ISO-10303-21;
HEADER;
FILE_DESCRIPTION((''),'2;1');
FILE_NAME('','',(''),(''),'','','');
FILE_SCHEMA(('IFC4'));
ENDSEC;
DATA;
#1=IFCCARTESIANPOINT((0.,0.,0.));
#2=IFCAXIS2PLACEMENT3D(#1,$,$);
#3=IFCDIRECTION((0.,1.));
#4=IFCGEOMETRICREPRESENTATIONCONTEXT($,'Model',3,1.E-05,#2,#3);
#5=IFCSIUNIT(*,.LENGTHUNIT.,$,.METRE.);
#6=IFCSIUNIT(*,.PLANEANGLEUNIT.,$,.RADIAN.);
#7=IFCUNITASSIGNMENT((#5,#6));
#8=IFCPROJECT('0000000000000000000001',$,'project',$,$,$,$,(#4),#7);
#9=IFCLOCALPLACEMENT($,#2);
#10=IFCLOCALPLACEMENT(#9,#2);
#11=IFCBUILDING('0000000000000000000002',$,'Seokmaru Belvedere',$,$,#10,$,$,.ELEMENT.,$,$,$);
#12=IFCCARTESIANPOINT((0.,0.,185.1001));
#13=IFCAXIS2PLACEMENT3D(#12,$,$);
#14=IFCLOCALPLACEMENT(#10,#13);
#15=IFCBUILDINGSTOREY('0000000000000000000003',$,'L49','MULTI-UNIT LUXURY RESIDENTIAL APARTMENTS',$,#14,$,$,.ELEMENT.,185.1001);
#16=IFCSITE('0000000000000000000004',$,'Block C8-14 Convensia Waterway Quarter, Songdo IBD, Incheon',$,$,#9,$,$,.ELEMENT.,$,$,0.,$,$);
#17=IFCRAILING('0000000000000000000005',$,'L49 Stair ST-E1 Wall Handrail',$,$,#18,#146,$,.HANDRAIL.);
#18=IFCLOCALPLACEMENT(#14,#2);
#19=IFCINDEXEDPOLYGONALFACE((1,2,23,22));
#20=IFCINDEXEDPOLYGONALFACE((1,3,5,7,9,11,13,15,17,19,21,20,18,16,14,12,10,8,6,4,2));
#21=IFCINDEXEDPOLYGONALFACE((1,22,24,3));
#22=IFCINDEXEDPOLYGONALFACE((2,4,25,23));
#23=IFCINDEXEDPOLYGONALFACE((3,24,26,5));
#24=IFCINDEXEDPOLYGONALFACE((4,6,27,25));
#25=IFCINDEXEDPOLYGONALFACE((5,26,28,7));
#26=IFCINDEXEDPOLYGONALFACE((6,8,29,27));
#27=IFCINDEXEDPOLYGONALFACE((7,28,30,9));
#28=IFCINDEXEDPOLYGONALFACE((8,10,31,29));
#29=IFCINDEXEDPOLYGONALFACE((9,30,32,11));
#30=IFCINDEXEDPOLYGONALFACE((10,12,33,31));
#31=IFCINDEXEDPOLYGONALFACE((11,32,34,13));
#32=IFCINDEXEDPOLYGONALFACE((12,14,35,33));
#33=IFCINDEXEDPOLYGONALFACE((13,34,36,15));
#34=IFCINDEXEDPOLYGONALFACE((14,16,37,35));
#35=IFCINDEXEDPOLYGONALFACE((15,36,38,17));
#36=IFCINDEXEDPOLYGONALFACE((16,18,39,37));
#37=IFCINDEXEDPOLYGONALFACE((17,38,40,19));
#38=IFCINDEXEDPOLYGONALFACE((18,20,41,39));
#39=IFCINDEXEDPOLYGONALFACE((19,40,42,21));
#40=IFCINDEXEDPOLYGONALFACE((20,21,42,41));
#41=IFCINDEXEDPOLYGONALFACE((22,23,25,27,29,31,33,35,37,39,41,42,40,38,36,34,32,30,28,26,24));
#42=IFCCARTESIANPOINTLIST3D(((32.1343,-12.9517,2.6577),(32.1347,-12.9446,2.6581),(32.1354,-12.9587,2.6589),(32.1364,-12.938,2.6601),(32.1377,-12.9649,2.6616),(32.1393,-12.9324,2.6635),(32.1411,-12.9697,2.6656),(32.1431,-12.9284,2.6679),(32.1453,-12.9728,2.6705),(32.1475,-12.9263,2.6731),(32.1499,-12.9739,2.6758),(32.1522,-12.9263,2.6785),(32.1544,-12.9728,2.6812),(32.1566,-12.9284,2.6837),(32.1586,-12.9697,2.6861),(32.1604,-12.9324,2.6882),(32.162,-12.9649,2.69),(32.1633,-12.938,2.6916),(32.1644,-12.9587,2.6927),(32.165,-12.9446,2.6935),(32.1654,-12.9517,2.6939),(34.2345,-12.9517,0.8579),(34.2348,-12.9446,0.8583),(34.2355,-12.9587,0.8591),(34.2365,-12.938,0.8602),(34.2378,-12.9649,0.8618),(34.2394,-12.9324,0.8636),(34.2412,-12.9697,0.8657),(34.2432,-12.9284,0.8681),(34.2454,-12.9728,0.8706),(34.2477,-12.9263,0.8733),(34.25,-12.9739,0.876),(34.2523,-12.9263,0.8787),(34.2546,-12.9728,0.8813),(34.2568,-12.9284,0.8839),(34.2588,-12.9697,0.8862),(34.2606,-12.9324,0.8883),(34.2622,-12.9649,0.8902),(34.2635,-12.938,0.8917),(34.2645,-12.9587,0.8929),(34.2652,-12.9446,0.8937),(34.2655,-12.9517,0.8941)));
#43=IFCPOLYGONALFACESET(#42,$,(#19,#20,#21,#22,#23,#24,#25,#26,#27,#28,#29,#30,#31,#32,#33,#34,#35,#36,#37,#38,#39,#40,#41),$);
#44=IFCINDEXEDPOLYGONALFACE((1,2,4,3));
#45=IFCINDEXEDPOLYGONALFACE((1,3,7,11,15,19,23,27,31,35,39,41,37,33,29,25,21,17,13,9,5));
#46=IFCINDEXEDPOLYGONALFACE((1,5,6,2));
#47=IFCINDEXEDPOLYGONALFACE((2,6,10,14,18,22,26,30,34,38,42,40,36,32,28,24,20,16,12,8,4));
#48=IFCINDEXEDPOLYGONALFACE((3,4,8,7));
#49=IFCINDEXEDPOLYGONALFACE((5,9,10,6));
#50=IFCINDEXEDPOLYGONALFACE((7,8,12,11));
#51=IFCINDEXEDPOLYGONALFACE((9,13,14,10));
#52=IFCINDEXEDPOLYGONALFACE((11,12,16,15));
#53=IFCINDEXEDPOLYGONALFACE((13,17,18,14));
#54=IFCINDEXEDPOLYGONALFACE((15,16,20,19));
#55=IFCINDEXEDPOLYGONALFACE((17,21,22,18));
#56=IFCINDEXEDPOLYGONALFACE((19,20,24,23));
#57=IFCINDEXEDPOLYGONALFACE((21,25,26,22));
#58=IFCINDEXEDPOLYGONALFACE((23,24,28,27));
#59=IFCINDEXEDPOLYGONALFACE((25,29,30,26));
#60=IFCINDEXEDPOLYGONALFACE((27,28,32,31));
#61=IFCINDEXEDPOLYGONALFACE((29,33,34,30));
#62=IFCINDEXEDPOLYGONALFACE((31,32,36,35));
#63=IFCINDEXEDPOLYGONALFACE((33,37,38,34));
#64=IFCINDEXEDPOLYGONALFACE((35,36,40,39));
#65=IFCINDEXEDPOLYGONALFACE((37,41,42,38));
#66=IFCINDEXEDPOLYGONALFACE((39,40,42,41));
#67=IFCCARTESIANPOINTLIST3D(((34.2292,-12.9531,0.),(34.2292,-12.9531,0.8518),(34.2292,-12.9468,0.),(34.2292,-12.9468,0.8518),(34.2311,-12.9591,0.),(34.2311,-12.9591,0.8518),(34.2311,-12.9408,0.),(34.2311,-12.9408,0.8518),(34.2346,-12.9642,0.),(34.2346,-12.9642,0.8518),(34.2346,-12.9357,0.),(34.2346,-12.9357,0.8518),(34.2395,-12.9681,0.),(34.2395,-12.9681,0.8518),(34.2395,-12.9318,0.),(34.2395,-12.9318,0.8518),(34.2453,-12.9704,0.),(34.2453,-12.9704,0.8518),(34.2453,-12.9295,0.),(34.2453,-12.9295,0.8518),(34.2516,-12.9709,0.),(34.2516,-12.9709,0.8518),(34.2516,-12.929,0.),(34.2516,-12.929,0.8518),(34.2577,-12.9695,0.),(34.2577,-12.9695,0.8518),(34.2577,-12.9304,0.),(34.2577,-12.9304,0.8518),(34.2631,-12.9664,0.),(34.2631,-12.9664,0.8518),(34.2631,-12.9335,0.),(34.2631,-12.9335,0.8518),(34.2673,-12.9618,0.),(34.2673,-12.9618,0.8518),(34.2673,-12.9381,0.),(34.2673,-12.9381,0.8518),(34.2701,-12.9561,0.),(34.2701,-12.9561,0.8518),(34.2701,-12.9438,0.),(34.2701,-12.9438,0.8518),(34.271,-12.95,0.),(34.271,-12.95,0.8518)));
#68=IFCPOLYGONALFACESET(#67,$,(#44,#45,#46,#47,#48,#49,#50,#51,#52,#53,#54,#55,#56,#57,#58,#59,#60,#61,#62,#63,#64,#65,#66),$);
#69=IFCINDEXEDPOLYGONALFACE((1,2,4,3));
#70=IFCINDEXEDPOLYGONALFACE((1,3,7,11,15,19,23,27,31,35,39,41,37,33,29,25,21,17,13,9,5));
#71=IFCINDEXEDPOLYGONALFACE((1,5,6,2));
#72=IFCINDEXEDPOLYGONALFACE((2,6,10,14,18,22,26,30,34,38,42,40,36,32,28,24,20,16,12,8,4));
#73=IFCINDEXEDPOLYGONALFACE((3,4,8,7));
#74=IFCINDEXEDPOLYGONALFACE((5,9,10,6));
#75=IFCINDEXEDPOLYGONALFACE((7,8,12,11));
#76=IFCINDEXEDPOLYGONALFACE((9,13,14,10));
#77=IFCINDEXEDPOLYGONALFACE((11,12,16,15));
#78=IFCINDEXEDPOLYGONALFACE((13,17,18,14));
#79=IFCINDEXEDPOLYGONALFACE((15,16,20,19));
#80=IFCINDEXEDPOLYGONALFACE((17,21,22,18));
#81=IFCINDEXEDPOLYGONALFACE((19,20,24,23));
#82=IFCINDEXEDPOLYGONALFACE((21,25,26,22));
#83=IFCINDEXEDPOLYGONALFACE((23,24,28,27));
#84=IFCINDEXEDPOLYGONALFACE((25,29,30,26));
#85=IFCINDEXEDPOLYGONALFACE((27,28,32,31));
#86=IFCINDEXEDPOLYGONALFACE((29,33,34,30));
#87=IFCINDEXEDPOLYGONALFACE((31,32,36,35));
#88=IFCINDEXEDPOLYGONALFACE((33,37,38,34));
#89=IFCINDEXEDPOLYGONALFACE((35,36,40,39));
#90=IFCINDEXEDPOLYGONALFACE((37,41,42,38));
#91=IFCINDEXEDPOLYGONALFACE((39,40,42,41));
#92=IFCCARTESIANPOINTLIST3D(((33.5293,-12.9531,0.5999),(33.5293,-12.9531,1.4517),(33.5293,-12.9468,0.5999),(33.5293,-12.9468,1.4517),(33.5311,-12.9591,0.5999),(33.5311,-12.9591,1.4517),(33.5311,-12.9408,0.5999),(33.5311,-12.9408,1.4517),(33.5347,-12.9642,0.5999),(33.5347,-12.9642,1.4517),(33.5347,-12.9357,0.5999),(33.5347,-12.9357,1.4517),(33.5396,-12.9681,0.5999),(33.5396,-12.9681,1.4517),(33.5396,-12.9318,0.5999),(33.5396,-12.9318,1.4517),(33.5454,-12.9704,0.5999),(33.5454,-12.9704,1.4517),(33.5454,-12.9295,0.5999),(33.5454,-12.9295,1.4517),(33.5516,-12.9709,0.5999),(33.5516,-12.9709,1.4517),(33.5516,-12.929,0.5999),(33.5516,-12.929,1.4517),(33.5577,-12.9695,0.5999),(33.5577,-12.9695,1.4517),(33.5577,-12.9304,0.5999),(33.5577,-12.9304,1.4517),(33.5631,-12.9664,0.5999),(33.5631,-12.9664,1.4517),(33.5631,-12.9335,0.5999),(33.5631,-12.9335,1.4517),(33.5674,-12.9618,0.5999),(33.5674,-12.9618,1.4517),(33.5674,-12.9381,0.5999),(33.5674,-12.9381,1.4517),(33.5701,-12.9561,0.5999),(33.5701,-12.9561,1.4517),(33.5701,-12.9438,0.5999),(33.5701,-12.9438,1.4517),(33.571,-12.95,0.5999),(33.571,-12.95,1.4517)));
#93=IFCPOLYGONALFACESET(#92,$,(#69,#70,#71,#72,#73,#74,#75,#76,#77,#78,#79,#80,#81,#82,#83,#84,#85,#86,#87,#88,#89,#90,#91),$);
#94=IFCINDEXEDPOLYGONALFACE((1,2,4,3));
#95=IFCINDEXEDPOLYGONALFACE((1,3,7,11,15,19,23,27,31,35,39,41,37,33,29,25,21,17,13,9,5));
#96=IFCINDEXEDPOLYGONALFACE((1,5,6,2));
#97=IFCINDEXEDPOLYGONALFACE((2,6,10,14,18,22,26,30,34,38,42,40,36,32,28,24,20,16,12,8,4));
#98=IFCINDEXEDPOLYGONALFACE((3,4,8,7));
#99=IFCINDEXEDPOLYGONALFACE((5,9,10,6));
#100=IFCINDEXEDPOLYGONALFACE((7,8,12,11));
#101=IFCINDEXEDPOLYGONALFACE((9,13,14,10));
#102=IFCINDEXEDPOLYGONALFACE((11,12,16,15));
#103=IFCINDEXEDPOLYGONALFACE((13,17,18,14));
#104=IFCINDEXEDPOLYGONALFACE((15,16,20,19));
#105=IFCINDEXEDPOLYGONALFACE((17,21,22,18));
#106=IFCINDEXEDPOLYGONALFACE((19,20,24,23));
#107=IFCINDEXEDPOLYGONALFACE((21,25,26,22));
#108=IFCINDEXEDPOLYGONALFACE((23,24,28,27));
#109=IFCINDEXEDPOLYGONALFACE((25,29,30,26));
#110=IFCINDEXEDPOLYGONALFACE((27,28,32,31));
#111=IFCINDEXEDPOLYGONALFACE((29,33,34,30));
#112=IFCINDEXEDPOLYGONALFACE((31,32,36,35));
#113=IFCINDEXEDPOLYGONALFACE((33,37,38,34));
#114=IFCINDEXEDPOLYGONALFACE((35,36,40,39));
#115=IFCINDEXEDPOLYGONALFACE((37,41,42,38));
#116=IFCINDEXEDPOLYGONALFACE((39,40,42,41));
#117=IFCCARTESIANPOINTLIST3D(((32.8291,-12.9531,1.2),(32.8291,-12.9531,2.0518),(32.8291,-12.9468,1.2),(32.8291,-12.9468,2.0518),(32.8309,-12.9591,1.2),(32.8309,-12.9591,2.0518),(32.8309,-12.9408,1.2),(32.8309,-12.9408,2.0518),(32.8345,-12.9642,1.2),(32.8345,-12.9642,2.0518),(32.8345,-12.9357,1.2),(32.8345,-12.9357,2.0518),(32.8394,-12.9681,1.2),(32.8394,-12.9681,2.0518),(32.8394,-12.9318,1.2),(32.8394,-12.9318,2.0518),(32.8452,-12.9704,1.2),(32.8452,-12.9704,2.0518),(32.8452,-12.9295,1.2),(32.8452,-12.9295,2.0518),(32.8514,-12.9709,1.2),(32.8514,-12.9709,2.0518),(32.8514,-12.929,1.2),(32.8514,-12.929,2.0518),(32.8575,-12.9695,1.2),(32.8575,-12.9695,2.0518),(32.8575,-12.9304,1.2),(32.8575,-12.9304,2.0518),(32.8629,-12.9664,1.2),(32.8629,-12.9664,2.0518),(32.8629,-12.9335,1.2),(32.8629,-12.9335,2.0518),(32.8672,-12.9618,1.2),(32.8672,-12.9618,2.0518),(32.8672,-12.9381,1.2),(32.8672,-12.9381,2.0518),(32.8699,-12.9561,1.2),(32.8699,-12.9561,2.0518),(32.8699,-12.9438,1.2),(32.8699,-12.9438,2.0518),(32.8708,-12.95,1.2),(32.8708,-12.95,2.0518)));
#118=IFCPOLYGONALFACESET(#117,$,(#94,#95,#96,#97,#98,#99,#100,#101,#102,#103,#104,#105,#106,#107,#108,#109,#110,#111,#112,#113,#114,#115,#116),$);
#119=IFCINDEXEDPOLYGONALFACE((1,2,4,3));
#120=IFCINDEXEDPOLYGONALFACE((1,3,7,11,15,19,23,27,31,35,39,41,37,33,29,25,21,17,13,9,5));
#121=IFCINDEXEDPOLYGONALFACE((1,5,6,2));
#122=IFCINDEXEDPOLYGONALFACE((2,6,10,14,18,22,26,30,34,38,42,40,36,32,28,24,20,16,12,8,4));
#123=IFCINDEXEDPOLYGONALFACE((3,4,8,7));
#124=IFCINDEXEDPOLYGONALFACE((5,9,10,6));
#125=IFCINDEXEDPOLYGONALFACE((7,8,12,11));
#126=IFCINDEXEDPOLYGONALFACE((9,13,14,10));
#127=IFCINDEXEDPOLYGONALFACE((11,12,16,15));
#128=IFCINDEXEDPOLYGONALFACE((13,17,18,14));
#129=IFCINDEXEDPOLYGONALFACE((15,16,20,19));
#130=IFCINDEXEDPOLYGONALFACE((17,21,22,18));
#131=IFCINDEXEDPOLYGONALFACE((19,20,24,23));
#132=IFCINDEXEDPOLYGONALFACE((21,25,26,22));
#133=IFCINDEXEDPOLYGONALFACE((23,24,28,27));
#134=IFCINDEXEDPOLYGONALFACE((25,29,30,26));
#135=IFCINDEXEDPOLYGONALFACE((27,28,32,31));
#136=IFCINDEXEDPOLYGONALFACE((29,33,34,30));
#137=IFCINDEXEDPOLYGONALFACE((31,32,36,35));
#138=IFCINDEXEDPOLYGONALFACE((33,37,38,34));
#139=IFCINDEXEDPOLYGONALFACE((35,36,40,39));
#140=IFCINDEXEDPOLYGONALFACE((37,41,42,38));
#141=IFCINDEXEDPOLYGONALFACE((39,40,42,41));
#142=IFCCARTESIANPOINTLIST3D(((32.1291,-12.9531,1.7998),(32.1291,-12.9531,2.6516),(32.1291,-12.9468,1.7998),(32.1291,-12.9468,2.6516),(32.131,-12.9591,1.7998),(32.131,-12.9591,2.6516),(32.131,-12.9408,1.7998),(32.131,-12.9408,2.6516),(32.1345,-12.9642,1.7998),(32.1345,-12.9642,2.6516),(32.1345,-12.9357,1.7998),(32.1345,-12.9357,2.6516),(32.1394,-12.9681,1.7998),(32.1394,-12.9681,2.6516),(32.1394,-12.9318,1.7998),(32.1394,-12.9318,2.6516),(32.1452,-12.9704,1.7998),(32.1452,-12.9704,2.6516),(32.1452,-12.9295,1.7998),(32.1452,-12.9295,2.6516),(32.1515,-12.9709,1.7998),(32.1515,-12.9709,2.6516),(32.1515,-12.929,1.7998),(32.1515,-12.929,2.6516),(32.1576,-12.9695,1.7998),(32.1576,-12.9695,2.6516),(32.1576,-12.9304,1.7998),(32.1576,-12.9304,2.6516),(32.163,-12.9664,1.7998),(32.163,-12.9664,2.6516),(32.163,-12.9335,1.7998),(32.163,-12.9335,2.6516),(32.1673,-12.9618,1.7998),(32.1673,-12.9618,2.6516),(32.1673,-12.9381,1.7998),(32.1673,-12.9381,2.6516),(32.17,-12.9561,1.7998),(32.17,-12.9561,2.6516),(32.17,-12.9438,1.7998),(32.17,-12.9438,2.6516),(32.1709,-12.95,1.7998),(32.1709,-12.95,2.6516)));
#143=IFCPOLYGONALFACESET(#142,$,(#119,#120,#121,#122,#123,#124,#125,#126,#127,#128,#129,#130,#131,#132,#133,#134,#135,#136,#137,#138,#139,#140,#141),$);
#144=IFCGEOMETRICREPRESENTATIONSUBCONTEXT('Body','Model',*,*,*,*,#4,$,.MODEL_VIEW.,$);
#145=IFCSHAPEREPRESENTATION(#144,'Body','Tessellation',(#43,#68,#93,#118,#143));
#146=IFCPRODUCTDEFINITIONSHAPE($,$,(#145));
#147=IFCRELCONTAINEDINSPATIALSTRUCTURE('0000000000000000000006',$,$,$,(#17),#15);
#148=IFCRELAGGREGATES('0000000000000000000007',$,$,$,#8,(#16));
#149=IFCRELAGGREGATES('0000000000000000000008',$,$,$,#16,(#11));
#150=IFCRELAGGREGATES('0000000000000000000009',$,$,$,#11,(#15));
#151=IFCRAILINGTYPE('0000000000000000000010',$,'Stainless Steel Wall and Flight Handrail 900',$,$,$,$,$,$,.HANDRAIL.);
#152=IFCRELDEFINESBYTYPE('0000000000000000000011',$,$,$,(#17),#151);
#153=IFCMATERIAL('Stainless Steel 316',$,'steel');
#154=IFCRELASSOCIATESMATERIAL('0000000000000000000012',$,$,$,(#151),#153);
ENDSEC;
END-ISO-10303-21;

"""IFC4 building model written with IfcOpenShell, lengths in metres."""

from ifc_helpers import new_model, si_unit, direction, frame, origin, origin_2d, place, context, subcontext, project, spatial, circle, extrude, material, type_object, element, save


model = new_model("IFC4")

# Units and contexts
model_context = context("Model", 3, precision=1e-05, world=origin(), true_north=direction((0.0, 1.0)))
body_context = subcontext(model_context, "Body", "Model", "MODEL_VIEW")
ifc_project = project(units=[si_unit("LENGTHUNIT", "METRE"), si_unit("PLANEANGLEUNIT", "RADIAN")], contexts=[model_context])

# Site, building, storey
site_placement = place(None, origin())
site = spatial("IfcSite", under=ifc_project, at=site_placement, Name="Block C8-14 Convensia Waterway Quarter, Songdo IBD, Incheon", CompositionType="ELEMENT", RefElevation=0.0)
building_placement = place(site_placement, origin())
building = spatial("IfcBuilding", under=site, at=building_placement, Name="Seokmaru Belvedere", CompositionType="ELEMENT")
storey_placement = place(building_placement, frame((0.0, 0.0, 185.1001)))
storey = spatial("IfcBuildingStorey", under=building, at=storey_placement, Name="L49", Description="MULTI-UNIT LUXURY RESIDENTIAL APARTMENTS", CompositionType="ELEMENT", Elevation=185.1001)

# Shared definitions
ifc_material_1 = material(Name="Stainless Steel 316", Category="steel")

# Railing
railing_type_1 = type_object("IfcRailingType", Name="Stainless Steel Wall and Flight Handrail 900", PredefinedType="HANDRAIL", material=ifc_material_1)
railing_1_placement = place(storey_placement, frame((34.25, -12.95, 0.0)))
element("IfcRailing", 1, at=railing_1_placement, inside=storey, type_object=railing_type_1, Name="L49 Stair ST-E1 Wall Handrail", PredefinedType="HANDRAIL", context=body_context, shape_type="SweptSolid", body=[
    extrude(circle(Radius=0.0239, at=origin_2d()), frame((0.0, 0.0, 0.876), z_axis=(-0.759306, 0.0, 0.650733), x_axis=(0.0, -1.0, 0.0)), (0.0, 0.0, 1.0), 2.7659),
    extrude(circle(Radius=0.021, at=origin_2d()), origin(), (0.0, 0.0, 1.0), 0.8518),
    extrude(circle(Radius=0.021, at=origin_2d()), frame((-0.7, 0.0, 0.5999)), (0.0, 0.0, 1.0), 0.8518),
    extrude(circle(Radius=0.021, at=origin_2d()), frame((-1.4001, 0.0, 1.2)), (0.0, 0.0, 1.0), 0.8518),
    extrude(circle(Radius=0.021, at=origin_2d()), frame((-2.1001, 0.0, 1.7998)), (0.0, 0.0, 1.0), 0.8518),
])

save(model, "model.ifc")
